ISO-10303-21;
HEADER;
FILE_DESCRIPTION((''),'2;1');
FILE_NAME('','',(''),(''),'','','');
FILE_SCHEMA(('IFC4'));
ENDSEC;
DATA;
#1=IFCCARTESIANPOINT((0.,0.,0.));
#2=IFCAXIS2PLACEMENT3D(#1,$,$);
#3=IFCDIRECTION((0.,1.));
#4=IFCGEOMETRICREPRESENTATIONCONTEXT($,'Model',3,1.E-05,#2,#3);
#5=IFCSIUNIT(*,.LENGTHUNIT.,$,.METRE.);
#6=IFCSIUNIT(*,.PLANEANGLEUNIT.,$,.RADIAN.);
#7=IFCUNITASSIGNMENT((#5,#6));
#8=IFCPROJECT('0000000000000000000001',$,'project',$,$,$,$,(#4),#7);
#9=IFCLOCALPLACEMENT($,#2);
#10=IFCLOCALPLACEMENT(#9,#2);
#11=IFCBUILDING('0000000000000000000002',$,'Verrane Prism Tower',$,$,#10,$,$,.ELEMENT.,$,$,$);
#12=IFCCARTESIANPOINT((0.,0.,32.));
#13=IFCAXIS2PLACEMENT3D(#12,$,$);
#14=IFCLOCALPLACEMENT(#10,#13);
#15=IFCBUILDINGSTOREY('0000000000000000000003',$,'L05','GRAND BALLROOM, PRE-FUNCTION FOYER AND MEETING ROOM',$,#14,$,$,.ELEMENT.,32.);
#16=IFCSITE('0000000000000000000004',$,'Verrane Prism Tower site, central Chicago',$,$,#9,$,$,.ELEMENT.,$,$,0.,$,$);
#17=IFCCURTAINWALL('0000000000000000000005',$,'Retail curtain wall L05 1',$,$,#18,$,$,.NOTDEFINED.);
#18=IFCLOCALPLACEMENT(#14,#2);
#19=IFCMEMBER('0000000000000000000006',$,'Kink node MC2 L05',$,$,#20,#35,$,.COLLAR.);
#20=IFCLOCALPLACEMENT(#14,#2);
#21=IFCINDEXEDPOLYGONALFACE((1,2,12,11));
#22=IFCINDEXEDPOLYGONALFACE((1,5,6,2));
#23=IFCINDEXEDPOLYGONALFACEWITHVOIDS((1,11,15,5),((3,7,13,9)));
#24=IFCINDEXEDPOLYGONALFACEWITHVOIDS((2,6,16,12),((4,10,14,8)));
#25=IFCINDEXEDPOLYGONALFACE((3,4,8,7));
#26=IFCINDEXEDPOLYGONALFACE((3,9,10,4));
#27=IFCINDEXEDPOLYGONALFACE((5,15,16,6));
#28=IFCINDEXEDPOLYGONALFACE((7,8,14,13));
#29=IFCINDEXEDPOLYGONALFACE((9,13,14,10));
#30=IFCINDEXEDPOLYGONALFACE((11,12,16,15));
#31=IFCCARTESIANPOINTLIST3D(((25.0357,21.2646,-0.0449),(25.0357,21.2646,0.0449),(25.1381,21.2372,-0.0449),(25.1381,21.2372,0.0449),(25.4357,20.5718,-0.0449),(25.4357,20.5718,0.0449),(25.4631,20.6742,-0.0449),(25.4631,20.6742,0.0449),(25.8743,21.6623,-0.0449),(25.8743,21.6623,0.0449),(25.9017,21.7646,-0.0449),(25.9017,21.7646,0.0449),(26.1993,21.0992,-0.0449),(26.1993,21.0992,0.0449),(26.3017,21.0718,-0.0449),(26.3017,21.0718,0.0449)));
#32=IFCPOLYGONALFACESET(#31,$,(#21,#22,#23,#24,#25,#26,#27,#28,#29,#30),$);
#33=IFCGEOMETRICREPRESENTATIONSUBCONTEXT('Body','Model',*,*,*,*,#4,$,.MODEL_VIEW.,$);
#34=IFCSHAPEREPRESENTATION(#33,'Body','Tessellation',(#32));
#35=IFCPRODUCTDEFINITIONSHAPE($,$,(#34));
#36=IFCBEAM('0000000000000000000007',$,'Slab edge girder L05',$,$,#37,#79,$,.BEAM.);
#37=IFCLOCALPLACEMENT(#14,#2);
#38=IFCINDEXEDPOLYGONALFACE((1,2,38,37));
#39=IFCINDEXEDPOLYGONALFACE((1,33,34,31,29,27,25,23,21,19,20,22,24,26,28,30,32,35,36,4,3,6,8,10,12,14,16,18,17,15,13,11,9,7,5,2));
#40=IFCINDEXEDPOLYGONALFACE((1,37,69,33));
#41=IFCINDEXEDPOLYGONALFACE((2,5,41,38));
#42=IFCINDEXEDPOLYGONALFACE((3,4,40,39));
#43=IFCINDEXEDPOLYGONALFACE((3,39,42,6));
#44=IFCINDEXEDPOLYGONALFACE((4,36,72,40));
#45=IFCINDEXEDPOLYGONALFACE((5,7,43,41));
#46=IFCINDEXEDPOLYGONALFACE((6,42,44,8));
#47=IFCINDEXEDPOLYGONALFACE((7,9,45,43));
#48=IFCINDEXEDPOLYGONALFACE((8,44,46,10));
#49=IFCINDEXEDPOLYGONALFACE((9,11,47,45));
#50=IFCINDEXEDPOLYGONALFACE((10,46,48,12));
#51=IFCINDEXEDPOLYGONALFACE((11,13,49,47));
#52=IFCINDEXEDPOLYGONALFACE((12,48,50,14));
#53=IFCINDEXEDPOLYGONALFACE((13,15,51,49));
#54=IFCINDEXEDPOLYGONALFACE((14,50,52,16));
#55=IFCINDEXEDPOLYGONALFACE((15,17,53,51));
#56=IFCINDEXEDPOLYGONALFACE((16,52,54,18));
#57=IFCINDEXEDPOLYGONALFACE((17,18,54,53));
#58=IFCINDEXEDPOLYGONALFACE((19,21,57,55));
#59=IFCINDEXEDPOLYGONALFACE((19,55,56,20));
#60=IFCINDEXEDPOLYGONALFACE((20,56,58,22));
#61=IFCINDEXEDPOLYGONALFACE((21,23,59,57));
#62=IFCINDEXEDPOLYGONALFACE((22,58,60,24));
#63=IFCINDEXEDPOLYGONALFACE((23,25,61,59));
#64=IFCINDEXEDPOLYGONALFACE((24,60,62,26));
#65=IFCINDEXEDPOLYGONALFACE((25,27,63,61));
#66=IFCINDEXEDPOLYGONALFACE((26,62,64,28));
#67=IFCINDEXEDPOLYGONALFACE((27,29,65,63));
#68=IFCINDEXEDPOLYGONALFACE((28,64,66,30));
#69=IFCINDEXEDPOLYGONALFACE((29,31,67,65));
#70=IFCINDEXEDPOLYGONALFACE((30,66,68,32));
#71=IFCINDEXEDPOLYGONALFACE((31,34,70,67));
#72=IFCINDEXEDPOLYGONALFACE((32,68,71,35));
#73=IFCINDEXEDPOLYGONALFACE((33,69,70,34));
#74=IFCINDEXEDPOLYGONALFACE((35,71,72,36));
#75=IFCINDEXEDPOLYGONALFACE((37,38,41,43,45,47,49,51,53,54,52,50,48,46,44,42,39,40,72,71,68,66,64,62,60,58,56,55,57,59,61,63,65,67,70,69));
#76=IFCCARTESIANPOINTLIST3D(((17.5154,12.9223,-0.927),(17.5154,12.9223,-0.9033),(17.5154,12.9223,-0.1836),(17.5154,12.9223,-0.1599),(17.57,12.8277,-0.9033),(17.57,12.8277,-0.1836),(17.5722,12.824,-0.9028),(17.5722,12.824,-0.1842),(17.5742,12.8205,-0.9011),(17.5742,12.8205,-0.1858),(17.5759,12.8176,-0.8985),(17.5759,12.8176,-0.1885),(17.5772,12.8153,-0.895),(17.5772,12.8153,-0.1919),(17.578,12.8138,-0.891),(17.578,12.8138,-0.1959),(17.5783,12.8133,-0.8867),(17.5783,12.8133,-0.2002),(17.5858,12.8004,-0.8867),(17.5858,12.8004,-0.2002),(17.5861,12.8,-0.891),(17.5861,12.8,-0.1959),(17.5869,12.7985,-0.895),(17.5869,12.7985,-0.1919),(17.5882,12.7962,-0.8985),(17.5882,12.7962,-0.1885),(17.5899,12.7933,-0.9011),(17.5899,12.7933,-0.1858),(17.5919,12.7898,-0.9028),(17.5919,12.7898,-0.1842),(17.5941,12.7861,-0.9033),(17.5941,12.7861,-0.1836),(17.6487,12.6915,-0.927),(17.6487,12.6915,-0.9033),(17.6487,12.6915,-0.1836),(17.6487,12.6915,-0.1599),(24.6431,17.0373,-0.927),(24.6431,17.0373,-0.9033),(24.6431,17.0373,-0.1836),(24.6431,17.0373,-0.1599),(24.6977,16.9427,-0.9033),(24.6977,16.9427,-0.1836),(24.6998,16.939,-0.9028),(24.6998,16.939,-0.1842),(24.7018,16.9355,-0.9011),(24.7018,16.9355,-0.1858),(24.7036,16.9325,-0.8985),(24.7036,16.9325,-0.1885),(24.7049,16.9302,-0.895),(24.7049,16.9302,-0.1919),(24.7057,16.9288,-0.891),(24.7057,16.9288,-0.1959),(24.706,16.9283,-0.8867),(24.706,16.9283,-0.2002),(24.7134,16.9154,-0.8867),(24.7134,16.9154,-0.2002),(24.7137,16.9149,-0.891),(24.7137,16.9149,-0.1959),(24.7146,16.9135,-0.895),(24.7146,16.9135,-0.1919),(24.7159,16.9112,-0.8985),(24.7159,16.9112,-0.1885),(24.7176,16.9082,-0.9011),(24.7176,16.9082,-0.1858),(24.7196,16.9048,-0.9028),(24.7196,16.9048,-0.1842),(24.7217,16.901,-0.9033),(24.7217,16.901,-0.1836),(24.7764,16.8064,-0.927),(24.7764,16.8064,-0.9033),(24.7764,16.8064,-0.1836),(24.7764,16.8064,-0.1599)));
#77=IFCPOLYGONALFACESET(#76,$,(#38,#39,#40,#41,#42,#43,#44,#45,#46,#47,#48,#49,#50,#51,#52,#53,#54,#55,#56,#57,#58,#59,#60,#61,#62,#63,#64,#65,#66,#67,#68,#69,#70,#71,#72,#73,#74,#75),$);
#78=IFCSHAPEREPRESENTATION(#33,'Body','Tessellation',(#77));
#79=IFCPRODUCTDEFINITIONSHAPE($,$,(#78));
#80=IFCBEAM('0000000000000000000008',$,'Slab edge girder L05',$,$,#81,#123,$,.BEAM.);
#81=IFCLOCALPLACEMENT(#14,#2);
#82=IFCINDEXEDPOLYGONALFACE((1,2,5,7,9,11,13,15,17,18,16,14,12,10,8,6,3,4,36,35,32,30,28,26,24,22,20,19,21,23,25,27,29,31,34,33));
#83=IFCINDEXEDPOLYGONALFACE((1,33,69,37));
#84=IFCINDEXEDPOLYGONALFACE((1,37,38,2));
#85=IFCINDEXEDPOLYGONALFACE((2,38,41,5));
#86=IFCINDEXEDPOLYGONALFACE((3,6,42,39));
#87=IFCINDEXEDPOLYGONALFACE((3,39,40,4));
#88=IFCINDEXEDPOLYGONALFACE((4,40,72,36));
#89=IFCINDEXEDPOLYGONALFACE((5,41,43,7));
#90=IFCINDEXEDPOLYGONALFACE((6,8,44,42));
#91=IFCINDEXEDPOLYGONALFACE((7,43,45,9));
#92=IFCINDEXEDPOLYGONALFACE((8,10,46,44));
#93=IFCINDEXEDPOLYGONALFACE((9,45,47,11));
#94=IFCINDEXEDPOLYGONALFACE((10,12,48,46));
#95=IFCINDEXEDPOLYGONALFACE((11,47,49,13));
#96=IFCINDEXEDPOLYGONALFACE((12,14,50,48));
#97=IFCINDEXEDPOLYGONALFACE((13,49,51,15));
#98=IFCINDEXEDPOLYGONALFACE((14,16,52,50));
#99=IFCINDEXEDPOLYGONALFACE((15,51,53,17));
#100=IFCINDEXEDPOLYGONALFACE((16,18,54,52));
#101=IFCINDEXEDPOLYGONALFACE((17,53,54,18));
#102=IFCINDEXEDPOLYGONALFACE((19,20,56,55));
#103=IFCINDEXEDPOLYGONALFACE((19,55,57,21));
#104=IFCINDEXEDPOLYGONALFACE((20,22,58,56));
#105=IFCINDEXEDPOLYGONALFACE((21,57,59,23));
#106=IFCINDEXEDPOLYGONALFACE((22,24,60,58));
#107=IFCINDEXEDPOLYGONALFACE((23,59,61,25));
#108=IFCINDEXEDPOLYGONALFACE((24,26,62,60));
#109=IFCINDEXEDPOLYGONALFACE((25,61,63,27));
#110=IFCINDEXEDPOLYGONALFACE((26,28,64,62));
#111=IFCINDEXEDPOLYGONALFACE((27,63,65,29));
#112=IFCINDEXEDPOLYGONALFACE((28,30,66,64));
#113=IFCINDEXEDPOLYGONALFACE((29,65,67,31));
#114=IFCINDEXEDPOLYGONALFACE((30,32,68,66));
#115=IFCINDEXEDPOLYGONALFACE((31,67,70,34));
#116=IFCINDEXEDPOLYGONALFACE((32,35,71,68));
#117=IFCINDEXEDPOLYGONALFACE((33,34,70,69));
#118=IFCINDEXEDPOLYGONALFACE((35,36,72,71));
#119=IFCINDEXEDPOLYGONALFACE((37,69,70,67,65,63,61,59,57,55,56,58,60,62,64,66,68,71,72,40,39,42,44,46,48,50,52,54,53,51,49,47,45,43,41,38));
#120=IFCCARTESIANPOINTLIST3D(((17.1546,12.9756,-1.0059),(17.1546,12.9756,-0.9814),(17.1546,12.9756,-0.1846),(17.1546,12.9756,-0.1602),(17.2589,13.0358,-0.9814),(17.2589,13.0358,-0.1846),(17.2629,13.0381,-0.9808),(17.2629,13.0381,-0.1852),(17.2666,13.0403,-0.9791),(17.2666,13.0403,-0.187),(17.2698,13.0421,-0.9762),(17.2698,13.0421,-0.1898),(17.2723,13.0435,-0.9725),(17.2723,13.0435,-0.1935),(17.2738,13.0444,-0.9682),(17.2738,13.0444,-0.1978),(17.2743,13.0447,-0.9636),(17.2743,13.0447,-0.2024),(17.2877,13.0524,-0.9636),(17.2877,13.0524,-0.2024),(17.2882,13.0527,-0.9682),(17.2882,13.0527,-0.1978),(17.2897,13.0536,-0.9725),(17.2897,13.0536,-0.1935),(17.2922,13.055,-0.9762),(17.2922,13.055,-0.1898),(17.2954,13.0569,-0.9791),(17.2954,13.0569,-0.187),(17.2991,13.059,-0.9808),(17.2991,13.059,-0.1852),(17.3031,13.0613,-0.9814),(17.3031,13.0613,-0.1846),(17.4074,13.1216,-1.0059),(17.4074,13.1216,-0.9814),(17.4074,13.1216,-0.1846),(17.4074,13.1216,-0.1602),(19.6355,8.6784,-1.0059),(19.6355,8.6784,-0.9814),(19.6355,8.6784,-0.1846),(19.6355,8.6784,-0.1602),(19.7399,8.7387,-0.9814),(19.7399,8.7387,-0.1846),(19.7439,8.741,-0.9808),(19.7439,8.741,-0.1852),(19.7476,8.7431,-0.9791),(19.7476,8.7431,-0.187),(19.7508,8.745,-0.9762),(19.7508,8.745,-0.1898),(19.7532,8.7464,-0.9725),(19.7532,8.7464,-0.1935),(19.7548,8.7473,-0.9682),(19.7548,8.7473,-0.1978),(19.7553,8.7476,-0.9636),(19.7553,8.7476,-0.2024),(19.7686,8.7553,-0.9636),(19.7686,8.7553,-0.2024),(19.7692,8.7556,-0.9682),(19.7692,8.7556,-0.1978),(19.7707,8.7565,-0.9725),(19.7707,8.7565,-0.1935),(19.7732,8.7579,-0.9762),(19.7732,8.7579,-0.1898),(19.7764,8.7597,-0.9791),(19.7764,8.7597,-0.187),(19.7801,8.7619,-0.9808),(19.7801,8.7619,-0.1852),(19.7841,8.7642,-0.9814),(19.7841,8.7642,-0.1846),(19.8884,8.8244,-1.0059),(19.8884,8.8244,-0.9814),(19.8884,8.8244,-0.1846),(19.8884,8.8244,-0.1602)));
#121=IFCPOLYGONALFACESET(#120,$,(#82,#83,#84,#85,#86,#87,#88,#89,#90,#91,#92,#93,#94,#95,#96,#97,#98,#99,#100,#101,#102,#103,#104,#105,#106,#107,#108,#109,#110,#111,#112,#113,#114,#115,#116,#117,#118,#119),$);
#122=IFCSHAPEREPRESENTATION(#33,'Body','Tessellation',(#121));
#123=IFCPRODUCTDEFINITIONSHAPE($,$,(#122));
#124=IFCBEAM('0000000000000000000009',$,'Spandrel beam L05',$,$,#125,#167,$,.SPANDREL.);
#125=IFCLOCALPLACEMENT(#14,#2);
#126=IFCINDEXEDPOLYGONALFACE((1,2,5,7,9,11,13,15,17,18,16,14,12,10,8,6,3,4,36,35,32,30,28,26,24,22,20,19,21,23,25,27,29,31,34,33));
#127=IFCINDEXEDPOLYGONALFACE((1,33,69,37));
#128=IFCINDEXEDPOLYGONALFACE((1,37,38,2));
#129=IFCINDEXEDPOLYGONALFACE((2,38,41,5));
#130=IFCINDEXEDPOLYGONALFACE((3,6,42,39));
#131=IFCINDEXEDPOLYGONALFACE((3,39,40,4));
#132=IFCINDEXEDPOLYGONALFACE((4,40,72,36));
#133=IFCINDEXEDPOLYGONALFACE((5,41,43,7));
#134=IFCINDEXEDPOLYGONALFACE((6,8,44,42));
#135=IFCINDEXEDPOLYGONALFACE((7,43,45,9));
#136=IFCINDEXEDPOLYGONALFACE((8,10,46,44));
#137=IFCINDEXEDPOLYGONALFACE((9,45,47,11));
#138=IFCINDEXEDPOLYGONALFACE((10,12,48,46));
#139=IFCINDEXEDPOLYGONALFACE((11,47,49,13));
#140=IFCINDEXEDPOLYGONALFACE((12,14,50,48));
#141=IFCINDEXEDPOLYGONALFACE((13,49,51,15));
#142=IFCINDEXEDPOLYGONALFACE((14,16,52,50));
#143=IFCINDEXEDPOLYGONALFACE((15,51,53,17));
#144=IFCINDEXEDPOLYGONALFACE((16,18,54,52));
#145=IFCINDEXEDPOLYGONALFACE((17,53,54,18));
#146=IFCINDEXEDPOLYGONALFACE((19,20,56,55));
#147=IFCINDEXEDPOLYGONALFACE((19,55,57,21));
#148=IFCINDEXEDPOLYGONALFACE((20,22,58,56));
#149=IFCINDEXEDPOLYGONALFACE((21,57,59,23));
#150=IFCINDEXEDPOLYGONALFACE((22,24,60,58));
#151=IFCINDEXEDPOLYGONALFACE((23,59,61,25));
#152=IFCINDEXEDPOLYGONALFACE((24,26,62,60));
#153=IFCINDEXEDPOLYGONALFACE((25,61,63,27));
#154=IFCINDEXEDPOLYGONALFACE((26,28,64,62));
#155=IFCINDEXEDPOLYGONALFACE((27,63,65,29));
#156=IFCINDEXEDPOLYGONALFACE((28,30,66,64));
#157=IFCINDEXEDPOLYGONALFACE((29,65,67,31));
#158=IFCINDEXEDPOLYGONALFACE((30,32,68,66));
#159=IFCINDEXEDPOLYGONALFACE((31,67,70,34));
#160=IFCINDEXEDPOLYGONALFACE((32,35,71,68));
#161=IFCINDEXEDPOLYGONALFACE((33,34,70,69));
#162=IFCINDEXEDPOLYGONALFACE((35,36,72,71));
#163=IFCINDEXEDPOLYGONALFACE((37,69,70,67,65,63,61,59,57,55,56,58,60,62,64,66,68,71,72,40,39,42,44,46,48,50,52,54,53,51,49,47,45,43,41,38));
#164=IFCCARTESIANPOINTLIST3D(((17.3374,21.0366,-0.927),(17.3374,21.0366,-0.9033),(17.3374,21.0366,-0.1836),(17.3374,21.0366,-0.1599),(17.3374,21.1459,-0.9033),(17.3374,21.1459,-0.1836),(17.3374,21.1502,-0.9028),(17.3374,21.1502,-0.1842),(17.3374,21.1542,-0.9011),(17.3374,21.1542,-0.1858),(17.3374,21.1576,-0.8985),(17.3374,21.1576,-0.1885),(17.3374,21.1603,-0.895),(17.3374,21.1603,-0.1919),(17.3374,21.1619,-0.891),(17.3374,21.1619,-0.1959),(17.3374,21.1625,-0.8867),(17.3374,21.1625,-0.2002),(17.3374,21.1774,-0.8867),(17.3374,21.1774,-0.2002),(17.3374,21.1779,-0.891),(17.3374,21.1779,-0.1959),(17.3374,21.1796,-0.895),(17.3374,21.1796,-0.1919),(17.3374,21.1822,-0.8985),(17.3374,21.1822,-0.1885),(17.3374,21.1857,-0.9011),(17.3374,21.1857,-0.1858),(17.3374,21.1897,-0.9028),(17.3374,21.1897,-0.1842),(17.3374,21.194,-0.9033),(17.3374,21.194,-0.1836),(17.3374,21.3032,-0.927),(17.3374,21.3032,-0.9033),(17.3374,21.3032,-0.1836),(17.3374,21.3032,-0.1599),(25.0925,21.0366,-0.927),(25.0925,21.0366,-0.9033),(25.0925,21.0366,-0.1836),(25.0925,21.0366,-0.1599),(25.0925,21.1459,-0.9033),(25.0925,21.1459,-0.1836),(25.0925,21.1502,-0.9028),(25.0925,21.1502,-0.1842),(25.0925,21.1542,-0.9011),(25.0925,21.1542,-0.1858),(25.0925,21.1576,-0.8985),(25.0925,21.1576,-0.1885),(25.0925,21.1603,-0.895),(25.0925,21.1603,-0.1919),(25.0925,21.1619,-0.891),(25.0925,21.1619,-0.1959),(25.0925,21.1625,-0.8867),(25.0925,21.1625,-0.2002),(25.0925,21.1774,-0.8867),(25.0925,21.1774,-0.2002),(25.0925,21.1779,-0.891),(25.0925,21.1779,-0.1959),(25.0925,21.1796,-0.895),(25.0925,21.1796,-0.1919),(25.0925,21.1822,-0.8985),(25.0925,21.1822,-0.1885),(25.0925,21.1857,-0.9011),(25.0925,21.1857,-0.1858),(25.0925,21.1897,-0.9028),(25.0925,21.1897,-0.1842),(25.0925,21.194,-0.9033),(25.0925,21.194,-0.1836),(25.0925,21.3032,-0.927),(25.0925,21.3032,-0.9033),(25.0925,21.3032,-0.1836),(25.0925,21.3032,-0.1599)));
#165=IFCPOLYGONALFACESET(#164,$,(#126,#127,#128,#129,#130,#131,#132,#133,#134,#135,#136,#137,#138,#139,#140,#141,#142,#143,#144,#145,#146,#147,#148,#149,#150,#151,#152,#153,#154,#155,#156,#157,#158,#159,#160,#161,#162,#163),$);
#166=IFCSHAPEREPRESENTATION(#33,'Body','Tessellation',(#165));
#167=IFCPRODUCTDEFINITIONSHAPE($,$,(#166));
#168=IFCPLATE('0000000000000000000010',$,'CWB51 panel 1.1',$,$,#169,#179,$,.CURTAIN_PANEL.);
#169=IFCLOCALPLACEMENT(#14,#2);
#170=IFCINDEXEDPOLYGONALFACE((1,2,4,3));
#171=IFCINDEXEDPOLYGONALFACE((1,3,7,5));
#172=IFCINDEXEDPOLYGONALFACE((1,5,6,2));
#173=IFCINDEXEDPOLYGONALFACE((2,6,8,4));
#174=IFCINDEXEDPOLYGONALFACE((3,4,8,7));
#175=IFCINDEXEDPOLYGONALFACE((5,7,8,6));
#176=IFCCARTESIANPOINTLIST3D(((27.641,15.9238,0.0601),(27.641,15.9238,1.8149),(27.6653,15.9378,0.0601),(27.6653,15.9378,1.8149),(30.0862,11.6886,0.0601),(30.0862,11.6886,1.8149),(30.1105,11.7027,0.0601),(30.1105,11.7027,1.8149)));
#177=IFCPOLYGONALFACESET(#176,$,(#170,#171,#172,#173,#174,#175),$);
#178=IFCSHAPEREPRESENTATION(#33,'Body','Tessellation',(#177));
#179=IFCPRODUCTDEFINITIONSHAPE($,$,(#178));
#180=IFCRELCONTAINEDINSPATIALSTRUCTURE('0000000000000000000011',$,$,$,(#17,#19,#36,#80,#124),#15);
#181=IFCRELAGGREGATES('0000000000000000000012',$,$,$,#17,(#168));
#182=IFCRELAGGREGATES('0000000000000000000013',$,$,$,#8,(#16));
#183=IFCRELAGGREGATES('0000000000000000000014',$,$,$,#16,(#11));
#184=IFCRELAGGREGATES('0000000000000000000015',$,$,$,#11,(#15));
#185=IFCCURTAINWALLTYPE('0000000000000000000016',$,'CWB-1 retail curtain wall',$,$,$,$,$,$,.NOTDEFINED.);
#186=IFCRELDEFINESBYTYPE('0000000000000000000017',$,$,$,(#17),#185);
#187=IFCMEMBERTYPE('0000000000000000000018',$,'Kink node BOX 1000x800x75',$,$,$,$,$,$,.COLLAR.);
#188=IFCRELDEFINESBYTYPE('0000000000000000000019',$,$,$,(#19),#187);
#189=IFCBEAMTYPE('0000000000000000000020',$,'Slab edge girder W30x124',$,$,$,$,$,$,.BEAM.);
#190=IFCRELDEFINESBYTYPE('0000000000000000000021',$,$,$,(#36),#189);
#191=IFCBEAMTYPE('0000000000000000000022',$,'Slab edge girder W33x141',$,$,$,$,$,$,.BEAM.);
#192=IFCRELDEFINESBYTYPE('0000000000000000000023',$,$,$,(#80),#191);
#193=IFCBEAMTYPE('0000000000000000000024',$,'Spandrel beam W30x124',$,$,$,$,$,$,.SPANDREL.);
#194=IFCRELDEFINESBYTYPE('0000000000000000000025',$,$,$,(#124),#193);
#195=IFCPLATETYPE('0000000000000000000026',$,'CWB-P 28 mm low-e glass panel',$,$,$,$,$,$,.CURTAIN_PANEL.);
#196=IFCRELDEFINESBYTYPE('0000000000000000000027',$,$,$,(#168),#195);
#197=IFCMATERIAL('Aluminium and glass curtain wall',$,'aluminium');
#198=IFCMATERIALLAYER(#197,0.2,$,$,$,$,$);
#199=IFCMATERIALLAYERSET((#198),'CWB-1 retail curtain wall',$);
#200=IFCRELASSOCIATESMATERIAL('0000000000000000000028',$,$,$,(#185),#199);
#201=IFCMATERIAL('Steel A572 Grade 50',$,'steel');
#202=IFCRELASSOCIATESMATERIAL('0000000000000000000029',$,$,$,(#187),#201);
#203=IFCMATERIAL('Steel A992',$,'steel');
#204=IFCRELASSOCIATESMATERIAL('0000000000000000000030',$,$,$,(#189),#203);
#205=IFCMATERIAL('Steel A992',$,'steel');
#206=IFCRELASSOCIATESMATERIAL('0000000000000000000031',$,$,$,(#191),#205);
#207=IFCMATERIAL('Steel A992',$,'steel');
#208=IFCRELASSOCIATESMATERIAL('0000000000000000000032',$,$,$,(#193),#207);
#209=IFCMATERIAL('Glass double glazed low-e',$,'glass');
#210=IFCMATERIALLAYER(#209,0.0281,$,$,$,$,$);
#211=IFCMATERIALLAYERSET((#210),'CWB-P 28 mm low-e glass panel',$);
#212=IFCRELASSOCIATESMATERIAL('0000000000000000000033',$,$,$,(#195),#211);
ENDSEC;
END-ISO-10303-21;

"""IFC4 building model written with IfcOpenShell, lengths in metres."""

from ifc_helpers import new_model, si_unit, direction, frame, origin, origin_2d, place, context, subcontext, project, spatial, rectangle, hollow_rectangle, i_section, extrude, material, layer, layer_set, material_profile, profile_set, type_object, element, aggregate, save


model = new_model("IFC4")

# Units and contexts
model_context = context("Model", 3, precision=1e-05, world=origin(), true_north=direction((0.0, 1.0)))
body_context = subcontext(model_context, "Body", "Model", "MODEL_VIEW")
ifc_project = project(units=[si_unit("LENGTHUNIT", "METRE"), si_unit("PLANEANGLEUNIT", "RADIAN")], contexts=[model_context])

# Site, building, storey
site_placement = place(None, origin())
site = spatial("IfcSite", under=ifc_project, at=site_placement, Name="Verrane Prism Tower site, central Chicago", CompositionType="ELEMENT", RefElevation=0.0)
building_placement = place(site_placement, origin())
building = spatial("IfcBuilding", under=site, at=building_placement, Name="Verrane Prism Tower", CompositionType="ELEMENT")
storey_placement = place(building_placement, frame((0.0, 0.0, 32.0)))
storey = spatial("IfcBuildingStorey", under=building, at=storey_placement, Name="L05", Description="GRAND BALLROOM, PRE-FUNCTION FOYER AND MEETING ROOM", CompositionType="ELEMENT", Elevation=32.0)

# Curtain wall
ifc_material_1 = material(Name="Aluminium and glass curtain wall", Category="aluminium")
ifc_layer_1 = layer(ifc_material_1, 0.2)
ifc_layer_set_1 = layer_set([ifc_layer_1], Name="CWB-1 retail curtain wall")
curtain_wall_type = type_object("IfcCurtainWallType", Name="CWB-1 retail curtain wall", PredefinedType="NOTDEFINED", material=ifc_layer_set_1)
curtain_wall_1_placement = place(storey_placement, origin())
curtain_wall_1 = element("IfcCurtainWall", 1, at=curtain_wall_1_placement, inside=storey, type_object=curtain_wall_type, Name="Retail curtain wall L05 1", PredefinedType="NOTDEFINED")

# Member
ifc_material_2 = material(Name="Steel A572 Grade 50", Category="steel")
ifc_material_profile_1 = material_profile(ifc_material_2, hollow_rectangle(XDim=0.8, YDim=1.0, WallThickness=0.075, at=origin_2d()), Name="BOX 1000x800x75")
ifc_profile_set_1 = profile_set([ifc_material_profile_1], Name="Steel A572 Grade 50")
member_type_1 = type_object("IfcMemberType", Name="Kink node BOX 1000x800x75", PredefinedType="COLLAR", material=ifc_profile_set_1)
member_1_placement = place(storey_placement, frame((25.6687, 21.1682, -0.0449), z_axis=(0.0, 0.0, 1.0), x_axis=(0.5, -0.866025, 0.0)))
element("IfcMember", 2, at=member_1_placement, inside=storey, type_object=member_type_1, Name="Kink node MC2 L05", PredefinedType="COLLAR", context=body_context, shape_type="SweptSolid", body=[
    extrude(hollow_rectangle(XDim=0.8, YDim=1.0, WallThickness=0.075, at=origin_2d()), origin(), (0.0, 0.0, 1.0), 0.0898),
])

# Beams
ifc_material_3 = material(Name="Steel A992", Category="steel")
ifc_material_profile_2 = material_profile(ifc_material_3, i_section(OverallWidth=0.2666, OverallDepth=0.7671, WebThickness=0.0149, FlangeThickness=0.0237, FilletRadius=0.0166, at=origin_2d()), Name="W30x124")
ifc_profile_set_2 = profile_set([ifc_material_profile_2], Name="Steel A992")
beam_type_1 = type_object("IfcBeamType", Name="Slab edge girder W30x124", PredefinedType="BEAM", material=ifc_profile_set_2)
beam_1_placement = place(storey_placement, frame((24.7097, 16.9219, -0.5435), z_axis=(-0.866035, -0.499984, 0.0), x_axis=(0.499984, -0.866035, 0.0)))
element("IfcBeam", 3, at=beam_1_placement, inside=storey, type_object=beam_type_1, Name="Slab edge girder L05", PredefinedType="BEAM", context=body_context, shape_type="SweptSolid", body=[
    extrude(i_section(OverallWidth=0.2666, OverallDepth=0.7671, WebThickness=0.0149, FlangeThickness=0.0237, FilletRadius=0.0166, at=origin_2d()), origin(), (0.0, 0.0, 1.0), 8.2302),
])
ifc_material_4 = material(Name="Steel A992", Category="steel")
ifc_material_profile_3 = material_profile(ifc_material_4, i_section(OverallWidth=0.292, OverallDepth=0.8457, WebThickness=0.0154, FlangeThickness=0.0244, FilletRadius=0.0178, at=origin_2d()), Name="W33x141")
ifc_profile_set_3 = profile_set([ifc_material_profile_3], Name="Steel A992")
beam_type_2 = type_object("IfcBeamType", Name="Slab edge girder W33x141", PredefinedType="BEAM", material=ifc_profile_set_3)
beam_2_placement = place(storey_placement, frame((17.281, 13.0486, -0.583), z_axis=(0.500002, -0.866024, 0.0), x_axis=(0.866024, 0.500002, 0.0)))
element("IfcBeam", 4, at=beam_2_placement, inside=storey, type_object=beam_type_2, Name="Slab edge girder L05", PredefinedType="BEAM", context=body_context, shape_type="SweptSolid", body=[
    extrude(i_section(OverallWidth=0.292, OverallDepth=0.8457, WebThickness=0.0154, FlangeThickness=0.0244, FilletRadius=0.0178, at=origin_2d()), origin(), (0.0, 0.0, 1.0), 4.9619),
])
ifc_material_5 = material(Name="Steel A992", Category="steel")
ifc_material_profile_4 = material_profile(ifc_material_5, i_section(OverallWidth=0.2666, OverallDepth=0.7671, WebThickness=0.0149, FlangeThickness=0.0237, FilletRadius=0.0166, at=origin_2d()), Name="W30x124")
ifc_profile_set_4 = profile_set([ifc_material_profile_4], Name="Steel A992")
beam_type_3 = type_object("IfcBeamType", Name="Spandrel beam W30x124", PredefinedType="SPANDREL", material=ifc_profile_set_4)
beam_3_placement = place(storey_placement, frame((25.0925, 21.1699, -0.5435), z_axis=(-1.0, 0.0, 0.0), x_axis=(0.0, -1.0, 0.0)))
element("IfcBeam", 5, at=beam_3_placement, inside=storey, type_object=beam_type_3, Name="Spandrel beam L05", PredefinedType="SPANDREL", context=body_context, shape_type="SweptSolid", body=[
    extrude(i_section(OverallWidth=0.2666, OverallDepth=0.7671, WebThickness=0.0149, FlangeThickness=0.0237, FilletRadius=0.0166, at=origin_2d()), origin(), (0.0, 0.0, 1.0), 7.7551),
])

# Plate
ifc_material_6 = material(Name="Glass double glazed low-e", Category="glass")
ifc_layer_2 = layer(ifc_material_6, 0.0281)
ifc_layer_set_2 = layer_set([ifc_layer_2], Name="CWB-P 28 mm low-e glass panel")
plate_type = type_object("IfcPlateType", Name="CWB-P 28 mm low-e glass panel", PredefinedType="CURTAIN_PANEL", material=ifc_layer_set_2)
plate_1_placement = place(storey_placement, frame((28.8757, 13.8132, 0.0601), z_axis=(0.0, 0.0, 1.0), x_axis=(-0.499999, 0.866026, 0.0)))
plate_1 = element("IfcPlate", 6, at=plate_1_placement, type_object=plate_type, Name="CWB51 panel 1.1", PredefinedType="CURTAIN_PANEL", context=body_context, shape_type="SweptSolid", body=[
    extrude(rectangle(XDim=4.8904, YDim=0.0281, at=origin_2d()), origin(), (0.0, 0.0, 1.0), 1.7549),
])
aggregate(curtain_wall_1, [plate_1])

save(model, "model.ifc")
